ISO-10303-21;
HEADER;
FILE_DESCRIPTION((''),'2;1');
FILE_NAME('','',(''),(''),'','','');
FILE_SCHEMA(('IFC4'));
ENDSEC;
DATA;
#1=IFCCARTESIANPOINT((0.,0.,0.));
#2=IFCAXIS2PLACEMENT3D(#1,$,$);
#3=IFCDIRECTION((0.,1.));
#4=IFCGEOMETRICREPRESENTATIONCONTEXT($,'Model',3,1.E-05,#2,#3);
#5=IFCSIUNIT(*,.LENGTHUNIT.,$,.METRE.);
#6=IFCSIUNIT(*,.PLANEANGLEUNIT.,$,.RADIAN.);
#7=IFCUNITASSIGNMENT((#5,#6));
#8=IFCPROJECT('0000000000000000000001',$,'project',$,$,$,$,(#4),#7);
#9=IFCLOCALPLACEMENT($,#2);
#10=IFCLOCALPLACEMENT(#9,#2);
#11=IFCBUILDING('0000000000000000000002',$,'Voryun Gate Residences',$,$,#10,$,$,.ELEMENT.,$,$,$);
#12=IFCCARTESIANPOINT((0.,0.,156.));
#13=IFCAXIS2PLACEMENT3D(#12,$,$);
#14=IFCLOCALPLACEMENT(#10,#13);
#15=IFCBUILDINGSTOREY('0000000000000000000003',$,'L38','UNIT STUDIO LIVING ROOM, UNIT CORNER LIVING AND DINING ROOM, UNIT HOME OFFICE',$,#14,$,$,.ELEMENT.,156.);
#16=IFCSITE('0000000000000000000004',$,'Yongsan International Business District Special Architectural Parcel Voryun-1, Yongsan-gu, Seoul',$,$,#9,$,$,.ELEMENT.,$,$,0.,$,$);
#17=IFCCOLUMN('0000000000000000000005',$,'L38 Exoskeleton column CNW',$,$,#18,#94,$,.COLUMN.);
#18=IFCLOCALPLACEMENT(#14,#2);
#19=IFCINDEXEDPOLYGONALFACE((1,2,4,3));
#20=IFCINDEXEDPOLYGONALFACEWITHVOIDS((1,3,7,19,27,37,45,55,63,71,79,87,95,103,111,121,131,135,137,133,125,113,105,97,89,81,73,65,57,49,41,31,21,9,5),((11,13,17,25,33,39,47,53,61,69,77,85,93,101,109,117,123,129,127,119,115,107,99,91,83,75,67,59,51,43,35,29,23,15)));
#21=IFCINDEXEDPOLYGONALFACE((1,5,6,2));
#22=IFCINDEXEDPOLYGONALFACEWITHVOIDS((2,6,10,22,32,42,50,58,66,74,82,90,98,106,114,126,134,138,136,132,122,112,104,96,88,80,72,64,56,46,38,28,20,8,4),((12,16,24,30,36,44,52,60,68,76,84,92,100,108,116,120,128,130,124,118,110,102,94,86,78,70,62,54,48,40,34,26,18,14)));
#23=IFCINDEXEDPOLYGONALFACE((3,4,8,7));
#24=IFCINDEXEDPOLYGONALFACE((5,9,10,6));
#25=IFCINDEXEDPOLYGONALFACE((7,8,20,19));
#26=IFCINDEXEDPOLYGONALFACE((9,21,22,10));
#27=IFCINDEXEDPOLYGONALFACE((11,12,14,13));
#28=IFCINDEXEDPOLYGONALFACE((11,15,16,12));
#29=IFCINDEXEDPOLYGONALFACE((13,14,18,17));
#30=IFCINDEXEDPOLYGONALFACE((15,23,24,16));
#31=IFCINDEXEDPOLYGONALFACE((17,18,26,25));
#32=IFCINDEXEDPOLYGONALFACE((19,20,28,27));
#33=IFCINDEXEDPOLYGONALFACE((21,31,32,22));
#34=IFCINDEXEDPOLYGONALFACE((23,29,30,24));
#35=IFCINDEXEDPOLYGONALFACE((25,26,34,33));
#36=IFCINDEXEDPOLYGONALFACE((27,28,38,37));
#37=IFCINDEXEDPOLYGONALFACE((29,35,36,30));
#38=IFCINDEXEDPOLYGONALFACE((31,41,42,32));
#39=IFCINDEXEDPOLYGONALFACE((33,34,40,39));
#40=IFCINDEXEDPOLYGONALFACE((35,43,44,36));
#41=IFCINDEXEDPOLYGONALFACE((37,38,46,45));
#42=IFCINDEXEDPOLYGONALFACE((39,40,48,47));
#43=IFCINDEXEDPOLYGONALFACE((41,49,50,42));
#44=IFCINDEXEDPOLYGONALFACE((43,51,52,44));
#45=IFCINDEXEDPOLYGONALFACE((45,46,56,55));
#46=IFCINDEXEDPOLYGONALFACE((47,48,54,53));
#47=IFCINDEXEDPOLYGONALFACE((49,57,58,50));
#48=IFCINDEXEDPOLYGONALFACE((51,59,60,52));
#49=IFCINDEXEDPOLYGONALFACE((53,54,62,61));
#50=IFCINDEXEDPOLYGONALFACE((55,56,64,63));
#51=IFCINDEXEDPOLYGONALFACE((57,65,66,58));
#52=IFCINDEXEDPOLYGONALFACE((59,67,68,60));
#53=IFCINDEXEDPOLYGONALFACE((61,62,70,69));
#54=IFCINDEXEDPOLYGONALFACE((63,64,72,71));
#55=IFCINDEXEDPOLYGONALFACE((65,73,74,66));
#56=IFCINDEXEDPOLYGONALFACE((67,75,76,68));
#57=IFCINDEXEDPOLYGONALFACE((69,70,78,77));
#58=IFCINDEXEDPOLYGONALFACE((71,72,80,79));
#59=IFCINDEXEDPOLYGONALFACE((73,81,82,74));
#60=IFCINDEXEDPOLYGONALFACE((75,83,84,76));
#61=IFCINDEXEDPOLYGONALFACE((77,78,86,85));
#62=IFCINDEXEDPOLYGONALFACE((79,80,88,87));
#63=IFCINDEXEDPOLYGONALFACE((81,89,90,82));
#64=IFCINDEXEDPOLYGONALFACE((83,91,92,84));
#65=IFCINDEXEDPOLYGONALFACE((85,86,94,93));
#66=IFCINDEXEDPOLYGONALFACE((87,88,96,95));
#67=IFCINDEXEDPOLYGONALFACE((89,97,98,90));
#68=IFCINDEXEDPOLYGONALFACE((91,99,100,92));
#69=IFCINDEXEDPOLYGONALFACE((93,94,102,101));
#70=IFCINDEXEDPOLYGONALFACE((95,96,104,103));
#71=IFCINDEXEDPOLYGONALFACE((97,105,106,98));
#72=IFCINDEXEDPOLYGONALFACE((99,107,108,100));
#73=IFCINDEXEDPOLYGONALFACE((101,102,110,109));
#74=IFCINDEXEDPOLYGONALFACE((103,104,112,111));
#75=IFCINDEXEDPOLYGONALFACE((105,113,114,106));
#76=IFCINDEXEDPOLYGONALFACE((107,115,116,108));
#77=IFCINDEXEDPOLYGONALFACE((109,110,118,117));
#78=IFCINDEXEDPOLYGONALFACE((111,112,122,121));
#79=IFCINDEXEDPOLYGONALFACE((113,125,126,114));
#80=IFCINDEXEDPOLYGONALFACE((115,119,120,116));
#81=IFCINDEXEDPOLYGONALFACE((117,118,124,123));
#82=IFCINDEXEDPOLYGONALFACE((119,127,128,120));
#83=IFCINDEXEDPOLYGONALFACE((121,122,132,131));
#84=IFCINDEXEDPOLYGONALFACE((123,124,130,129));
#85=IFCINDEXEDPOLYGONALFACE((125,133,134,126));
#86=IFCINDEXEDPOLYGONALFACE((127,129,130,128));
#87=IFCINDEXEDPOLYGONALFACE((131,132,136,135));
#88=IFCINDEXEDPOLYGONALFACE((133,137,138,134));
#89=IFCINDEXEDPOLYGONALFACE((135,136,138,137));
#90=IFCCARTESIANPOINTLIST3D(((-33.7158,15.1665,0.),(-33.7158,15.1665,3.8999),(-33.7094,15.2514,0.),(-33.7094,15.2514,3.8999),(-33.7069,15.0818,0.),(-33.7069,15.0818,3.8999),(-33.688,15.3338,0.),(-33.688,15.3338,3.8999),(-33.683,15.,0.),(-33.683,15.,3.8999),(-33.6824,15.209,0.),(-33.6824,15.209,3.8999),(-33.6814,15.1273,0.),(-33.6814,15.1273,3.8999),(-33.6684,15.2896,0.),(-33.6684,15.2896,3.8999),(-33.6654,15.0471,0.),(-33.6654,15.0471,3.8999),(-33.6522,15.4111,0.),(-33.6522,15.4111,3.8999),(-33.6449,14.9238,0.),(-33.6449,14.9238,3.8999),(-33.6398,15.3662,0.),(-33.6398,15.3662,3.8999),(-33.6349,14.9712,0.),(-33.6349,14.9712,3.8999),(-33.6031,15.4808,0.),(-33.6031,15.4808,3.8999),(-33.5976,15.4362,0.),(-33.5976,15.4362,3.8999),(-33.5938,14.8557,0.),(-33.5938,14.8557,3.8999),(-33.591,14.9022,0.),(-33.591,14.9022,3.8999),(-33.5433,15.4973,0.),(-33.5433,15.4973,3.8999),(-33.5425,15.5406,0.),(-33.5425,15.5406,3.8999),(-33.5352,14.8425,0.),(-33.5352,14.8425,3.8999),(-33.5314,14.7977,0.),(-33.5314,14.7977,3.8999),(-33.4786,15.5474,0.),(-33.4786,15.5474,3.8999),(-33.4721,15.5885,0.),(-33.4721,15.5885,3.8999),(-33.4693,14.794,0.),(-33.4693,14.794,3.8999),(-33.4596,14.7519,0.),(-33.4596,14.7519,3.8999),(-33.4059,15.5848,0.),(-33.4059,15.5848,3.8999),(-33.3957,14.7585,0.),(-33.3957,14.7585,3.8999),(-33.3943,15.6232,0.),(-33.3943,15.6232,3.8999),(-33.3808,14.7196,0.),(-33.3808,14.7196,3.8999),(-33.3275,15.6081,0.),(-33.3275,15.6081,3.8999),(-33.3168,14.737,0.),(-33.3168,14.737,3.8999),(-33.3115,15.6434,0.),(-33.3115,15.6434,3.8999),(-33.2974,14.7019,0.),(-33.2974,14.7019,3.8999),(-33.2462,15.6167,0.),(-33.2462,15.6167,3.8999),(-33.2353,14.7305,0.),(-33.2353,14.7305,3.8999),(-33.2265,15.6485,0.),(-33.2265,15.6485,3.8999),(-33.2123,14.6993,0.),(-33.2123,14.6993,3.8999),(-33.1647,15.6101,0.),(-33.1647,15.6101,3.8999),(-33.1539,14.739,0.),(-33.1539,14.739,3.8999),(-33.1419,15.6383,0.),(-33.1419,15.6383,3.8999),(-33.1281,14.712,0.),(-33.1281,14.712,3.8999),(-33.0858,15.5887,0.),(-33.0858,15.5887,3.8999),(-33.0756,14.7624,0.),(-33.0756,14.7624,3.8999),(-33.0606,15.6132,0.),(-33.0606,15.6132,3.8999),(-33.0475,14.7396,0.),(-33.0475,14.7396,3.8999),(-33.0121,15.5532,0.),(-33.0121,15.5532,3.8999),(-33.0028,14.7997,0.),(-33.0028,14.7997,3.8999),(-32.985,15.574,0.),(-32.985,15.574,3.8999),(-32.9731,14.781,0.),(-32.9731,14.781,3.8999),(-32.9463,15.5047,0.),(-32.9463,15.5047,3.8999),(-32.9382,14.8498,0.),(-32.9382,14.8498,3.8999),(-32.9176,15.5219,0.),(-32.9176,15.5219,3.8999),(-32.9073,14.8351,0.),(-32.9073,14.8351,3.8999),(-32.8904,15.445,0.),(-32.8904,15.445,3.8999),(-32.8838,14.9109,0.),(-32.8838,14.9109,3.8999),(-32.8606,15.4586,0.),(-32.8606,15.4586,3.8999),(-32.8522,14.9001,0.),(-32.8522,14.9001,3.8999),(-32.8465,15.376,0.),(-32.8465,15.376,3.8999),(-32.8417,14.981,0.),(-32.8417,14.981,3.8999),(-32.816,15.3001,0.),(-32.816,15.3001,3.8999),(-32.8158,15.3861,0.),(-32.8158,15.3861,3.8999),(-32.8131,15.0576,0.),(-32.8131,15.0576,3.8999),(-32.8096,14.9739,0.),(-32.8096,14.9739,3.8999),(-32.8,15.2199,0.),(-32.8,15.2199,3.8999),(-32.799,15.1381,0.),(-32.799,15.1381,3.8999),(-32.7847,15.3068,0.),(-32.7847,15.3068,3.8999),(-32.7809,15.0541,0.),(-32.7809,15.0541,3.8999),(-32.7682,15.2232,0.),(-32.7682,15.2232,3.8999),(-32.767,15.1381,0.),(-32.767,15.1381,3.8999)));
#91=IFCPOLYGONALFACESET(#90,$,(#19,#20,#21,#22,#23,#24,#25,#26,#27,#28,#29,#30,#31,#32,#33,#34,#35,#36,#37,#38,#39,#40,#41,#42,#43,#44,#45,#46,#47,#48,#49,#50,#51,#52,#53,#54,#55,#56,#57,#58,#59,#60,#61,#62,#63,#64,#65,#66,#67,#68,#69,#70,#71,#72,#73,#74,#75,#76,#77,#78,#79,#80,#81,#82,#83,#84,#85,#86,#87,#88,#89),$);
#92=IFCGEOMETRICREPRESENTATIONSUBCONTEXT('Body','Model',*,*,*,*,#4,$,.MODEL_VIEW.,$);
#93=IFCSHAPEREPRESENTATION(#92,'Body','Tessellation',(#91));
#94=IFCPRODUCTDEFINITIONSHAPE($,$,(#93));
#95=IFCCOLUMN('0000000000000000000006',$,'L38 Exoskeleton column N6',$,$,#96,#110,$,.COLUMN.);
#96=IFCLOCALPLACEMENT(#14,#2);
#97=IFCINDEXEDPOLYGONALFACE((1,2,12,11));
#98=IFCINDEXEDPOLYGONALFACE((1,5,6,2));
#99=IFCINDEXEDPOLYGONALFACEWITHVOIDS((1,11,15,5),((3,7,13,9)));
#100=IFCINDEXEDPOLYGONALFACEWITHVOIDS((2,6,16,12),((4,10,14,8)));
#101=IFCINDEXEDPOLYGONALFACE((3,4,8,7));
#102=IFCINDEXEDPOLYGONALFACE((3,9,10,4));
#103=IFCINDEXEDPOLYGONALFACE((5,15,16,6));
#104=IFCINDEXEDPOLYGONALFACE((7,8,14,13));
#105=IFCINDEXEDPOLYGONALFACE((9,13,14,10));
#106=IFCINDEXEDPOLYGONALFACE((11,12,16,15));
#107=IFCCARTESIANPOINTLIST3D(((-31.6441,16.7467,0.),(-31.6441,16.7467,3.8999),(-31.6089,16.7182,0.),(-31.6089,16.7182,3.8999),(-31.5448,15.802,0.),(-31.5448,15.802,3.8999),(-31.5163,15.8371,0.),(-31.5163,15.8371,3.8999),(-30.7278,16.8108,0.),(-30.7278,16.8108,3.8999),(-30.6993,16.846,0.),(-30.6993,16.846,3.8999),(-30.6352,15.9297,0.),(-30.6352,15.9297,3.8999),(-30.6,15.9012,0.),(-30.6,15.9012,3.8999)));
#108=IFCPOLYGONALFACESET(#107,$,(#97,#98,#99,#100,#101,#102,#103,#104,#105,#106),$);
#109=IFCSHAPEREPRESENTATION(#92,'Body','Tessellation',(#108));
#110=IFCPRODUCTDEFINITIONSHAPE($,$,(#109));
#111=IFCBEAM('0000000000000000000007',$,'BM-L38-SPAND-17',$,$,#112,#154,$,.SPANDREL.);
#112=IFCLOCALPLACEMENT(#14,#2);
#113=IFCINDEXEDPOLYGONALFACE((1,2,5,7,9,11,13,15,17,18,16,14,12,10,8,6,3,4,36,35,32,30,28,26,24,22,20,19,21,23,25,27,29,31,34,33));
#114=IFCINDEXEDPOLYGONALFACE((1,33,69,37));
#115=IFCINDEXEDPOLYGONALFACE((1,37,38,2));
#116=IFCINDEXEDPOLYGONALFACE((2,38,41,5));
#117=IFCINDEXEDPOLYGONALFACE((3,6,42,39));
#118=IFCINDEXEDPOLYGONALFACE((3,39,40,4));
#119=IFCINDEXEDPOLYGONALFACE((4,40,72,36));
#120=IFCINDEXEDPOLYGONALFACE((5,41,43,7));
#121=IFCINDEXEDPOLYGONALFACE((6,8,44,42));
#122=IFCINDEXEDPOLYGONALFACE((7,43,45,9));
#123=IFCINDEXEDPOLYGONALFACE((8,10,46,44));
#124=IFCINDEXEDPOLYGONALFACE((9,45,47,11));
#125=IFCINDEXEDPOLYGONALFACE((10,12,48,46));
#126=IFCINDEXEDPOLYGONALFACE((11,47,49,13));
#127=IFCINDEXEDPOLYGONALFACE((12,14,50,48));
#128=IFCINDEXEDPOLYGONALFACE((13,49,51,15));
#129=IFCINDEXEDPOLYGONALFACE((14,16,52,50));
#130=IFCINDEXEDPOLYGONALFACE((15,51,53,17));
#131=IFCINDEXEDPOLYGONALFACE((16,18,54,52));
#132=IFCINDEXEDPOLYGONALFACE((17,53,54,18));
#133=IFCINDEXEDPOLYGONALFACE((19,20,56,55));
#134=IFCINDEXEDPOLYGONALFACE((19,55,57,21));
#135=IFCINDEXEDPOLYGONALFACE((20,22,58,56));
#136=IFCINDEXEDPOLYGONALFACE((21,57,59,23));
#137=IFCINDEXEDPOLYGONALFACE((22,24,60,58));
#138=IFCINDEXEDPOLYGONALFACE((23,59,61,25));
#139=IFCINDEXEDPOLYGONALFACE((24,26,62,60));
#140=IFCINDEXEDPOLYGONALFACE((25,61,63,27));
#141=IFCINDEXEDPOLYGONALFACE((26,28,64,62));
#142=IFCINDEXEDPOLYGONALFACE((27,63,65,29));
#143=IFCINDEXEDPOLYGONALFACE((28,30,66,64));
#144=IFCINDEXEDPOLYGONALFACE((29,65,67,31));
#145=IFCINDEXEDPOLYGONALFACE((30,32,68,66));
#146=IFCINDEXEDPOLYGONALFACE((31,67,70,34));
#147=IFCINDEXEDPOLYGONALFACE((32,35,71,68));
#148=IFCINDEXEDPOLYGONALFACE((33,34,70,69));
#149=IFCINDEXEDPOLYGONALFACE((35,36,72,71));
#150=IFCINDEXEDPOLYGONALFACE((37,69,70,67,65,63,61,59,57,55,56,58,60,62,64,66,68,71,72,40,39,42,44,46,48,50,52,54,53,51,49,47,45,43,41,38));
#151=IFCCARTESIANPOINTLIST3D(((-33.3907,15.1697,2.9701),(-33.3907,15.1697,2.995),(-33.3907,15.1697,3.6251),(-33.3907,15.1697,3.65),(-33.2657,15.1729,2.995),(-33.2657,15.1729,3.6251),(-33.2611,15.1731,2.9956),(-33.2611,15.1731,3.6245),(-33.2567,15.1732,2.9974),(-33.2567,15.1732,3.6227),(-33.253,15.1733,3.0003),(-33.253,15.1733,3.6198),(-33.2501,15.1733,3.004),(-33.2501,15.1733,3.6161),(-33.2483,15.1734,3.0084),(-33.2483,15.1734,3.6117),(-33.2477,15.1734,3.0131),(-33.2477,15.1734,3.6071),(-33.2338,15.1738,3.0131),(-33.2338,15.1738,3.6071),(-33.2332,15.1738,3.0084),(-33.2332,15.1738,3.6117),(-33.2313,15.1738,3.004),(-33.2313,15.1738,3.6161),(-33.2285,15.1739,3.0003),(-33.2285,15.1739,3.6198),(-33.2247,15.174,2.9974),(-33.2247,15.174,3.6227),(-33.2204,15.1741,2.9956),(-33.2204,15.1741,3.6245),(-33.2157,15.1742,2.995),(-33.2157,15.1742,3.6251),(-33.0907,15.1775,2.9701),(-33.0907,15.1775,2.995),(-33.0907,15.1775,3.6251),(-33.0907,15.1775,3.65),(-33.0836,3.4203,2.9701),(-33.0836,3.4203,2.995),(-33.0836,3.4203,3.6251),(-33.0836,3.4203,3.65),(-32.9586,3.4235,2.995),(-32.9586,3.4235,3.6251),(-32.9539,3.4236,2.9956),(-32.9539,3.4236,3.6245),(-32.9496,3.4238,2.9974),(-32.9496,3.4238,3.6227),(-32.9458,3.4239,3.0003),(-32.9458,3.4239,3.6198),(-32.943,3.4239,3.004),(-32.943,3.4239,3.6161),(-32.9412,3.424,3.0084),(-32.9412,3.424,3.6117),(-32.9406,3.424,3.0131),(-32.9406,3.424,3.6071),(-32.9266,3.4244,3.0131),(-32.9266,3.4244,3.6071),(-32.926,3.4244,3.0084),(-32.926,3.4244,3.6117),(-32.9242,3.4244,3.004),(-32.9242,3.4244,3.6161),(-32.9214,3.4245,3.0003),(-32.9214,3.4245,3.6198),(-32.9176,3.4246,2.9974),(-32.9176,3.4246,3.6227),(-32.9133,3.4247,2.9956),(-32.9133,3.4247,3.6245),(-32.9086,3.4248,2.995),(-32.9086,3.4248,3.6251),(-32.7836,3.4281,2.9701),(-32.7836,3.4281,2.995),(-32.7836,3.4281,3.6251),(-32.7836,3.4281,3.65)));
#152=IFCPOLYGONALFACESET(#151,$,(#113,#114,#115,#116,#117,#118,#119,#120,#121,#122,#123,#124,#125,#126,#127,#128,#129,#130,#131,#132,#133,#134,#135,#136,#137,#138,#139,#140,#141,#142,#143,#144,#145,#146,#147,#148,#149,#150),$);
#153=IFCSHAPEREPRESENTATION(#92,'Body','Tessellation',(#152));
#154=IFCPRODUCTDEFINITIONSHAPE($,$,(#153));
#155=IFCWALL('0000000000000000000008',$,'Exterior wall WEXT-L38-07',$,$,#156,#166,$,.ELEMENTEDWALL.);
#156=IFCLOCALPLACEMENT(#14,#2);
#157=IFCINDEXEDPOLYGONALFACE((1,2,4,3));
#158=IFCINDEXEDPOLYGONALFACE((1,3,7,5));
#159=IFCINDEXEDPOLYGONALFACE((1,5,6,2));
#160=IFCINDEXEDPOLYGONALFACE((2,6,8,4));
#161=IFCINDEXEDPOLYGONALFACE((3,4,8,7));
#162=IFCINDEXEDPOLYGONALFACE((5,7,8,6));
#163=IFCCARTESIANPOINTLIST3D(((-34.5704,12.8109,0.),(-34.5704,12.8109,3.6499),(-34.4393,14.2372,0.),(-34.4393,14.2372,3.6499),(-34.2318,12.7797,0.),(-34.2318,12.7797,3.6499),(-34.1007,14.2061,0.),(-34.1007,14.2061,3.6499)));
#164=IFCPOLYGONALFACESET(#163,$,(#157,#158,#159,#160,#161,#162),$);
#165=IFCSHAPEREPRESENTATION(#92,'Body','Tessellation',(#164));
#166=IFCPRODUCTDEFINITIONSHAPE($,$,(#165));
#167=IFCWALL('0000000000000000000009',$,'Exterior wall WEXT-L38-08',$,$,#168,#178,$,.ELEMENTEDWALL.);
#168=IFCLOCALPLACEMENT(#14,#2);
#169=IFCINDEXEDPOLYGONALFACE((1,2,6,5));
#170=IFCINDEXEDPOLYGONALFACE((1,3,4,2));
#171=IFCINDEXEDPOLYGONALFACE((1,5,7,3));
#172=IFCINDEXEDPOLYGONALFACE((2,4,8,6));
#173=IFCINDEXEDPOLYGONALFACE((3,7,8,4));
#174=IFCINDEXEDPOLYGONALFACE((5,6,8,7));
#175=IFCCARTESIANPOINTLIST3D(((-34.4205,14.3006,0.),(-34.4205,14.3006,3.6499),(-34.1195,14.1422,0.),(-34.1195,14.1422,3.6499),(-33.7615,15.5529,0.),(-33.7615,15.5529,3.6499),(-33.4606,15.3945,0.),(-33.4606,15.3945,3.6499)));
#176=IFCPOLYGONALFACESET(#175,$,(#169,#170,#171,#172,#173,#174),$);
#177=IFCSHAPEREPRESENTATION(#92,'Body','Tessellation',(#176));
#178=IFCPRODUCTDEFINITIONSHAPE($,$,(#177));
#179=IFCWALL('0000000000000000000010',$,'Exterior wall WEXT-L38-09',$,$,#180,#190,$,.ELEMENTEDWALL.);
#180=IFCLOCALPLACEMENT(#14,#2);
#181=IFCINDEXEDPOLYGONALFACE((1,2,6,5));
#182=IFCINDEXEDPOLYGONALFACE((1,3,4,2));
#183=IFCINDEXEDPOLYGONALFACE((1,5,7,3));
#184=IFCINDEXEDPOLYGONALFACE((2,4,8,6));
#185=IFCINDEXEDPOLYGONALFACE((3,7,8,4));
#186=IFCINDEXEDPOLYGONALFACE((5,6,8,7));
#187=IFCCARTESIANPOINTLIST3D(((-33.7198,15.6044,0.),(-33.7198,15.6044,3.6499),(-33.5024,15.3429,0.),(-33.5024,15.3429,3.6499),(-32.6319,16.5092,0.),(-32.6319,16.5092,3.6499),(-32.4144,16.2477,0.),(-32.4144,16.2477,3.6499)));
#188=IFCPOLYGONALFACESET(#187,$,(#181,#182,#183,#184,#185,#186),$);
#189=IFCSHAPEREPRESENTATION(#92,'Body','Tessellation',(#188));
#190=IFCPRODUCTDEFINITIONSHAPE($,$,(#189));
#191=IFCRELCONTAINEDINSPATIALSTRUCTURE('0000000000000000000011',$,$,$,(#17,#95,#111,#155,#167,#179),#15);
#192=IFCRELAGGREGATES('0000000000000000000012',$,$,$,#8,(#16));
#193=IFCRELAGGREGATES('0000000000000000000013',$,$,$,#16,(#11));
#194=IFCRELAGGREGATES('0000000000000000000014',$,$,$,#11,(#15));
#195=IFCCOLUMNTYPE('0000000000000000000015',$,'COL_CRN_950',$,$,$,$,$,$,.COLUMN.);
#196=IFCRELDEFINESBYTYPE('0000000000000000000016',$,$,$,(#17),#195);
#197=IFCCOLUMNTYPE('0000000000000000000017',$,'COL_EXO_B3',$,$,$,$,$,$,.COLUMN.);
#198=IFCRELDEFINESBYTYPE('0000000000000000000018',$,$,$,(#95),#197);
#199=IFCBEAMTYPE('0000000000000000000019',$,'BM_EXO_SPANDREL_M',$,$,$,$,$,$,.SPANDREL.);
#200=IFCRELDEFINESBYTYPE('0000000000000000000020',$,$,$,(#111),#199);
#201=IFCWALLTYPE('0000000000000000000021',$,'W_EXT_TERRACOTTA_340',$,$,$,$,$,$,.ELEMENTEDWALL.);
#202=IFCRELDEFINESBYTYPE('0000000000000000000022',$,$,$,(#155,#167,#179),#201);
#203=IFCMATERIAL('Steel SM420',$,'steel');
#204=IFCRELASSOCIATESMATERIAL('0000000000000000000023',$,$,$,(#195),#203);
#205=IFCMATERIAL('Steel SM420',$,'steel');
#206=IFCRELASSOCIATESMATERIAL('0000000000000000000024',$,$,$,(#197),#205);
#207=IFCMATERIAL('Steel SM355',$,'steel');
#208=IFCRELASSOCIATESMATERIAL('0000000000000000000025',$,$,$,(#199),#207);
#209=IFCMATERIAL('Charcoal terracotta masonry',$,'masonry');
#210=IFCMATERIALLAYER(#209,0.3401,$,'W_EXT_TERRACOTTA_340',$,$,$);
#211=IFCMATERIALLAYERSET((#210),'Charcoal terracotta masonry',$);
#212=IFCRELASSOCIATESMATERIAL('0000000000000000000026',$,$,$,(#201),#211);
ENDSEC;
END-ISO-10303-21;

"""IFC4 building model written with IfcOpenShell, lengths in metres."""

from ifc_helpers import new_model, si_unit, direction, frame, frame_2d, origin, origin_2d, place, context, subcontext, project, spatial, rectangle, hollow_rectangle, hollow_circle, i_section, extrude, material, layer, layer_set, material_profile, profile_set, type_object, element, save


model = new_model("IFC4")

# Units and contexts
model_context = context("Model", 3, precision=1e-05, world=origin(), true_north=direction((0.0, 1.0)))
body_context = subcontext(model_context, "Body", "Model", "MODEL_VIEW")
ifc_project = project(units=[si_unit("LENGTHUNIT", "METRE"), si_unit("PLANEANGLEUNIT", "RADIAN")], contexts=[model_context])

# Site, building, storey
site_placement = place(None, origin())
site = spatial("IfcSite", under=ifc_project, at=site_placement, Name="Yongsan International Business District Special Architectural Parcel Voryun-1, Yongsan-gu, Seoul", CompositionType="ELEMENT", RefElevation=0.0)
building_placement = place(site_placement, origin())
building = spatial("IfcBuilding", under=site, at=building_placement, Name="Voryun Gate Residences", CompositionType="ELEMENT")
storey_placement = place(building_placement, frame((0.0, 0.0, 156.0)))
storey = spatial("IfcBuildingStorey", under=building, at=storey_placement, Name="L38", Description="UNIT STUDIO LIVING ROOM, UNIT CORNER LIVING AND DINING ROOM, UNIT HOME OFFICE", CompositionType="ELEMENT", Elevation=156.0)

# Columns
ifc_material_1 = material(Name="Steel SM420", Category="steel")
ifc_material_profile_1 = material_profile(ifc_material_1, hollow_circle(Radius=0.4751, WallThickness=0.032, at=origin_2d()), Name="CHS-950x32")
ifc_profile_set_1 = profile_set([ifc_material_profile_1], Name="Steel SM420")
column_type_1 = type_object("IfcColumnType", Name="COL_CRN_950", PredefinedType="COLUMN", material=ifc_profile_set_1)
column_1_placement = place(storey_placement, frame((-33.2407, 15.1736, 0.0), z_axis=(0.0, 0.0, 1.0), x_axis=(0.994522, 0.104528, 0.0)))
element("IfcColumn", 1, at=column_1_placement, inside=storey, type_object=column_type_1, Name="L38 Exoskeleton column CNW", PredefinedType="COLUMN", context=body_context, shape_type="SweptSolid", body=[
    extrude(hollow_circle(Radius=0.4751, WallThickness=0.032, at=origin_2d()), origin(), (0.0, 0.0, 1.0), 3.8999),
])
ifc_material_2 = material(Name="Steel SM420", Category="steel")
ifc_material_profile_2 = material_profile(ifc_material_2, hollow_rectangle(XDim=0.95, YDim=0.95, WallThickness=0.032, at=origin_2d()), Name="BOX-950x950x32")
ifc_profile_set_2 = profile_set([ifc_material_profile_2], Name="Steel SM420")
column_type_2 = type_object("IfcColumnType", Name="COL_EXO_B3", PredefinedType="COLUMN", material=ifc_profile_set_2)
column_2_placement = place(storey_placement, frame((-31.1221, 16.324, 0.0), z_axis=(0.0, 0.0, 1.0), x_axis=(0.994522, 0.104528, 0.0)))
element("IfcColumn", 2, at=column_2_placement, inside=storey, type_object=column_type_2, Name="L38 Exoskeleton column N6", PredefinedType="COLUMN", context=body_context, shape_type="SweptSolid", body=[
    extrude(hollow_rectangle(XDim=0.95, YDim=0.95, WallThickness=0.032, at=origin_2d()), origin(), (0.0, 0.0, 1.0), 3.8999),
])

# Beam
ifc_material_3 = material(Name="Steel SM355", Category="steel")
ifc_material_profile_3 = material_profile(ifc_material_3, i_section(OverallWidth=0.3, OverallDepth=0.6799, WebThickness=0.0139, FlangeThickness=0.0249, FilletRadius=0.0181, at=origin_2d()), Name="H-680x300x14x25")
ifc_profile_set_3 = profile_set([ifc_material_profile_3], Name="Steel SM355")
beam_type = type_object("IfcBeamType", Name="BM_EXO_SPANDREL_M", PredefinedType="SPANDREL", material=ifc_profile_set_3)
beam_placement = place(storey_placement, frame((-33.2407, 15.1736, 3.3101), z_axis=(0.026131, -0.999659, 0.0), x_axis=(0.999659, 0.026131, 0.0)))
element("IfcBeam", 3, at=beam_placement, inside=storey, type_object=beam_type, Name="BM-L38-SPAND-17", PredefinedType="SPANDREL", context=body_context, shape_type="SweptSolid", body=[
    extrude(i_section(OverallWidth=0.3, OverallDepth=0.6799, WebThickness=0.0139, FlangeThickness=0.0249, FilletRadius=0.0181, at=origin_2d()), origin(), (0.0, 0.0, 1.0), 11.7534),
])

# Walls
ifc_material_4 = material(Name="Charcoal terracotta masonry", Category="masonry")
ifc_layer_1 = layer(ifc_material_4, 0.3401, Name="W_EXT_TERRACOTTA_340")
ifc_layer_set_1 = layer_set([ifc_layer_1], Name="Charcoal terracotta masonry")
wall_type_1 = type_object("IfcWallType", Name="W_EXT_TERRACOTTA_340", PredefinedType="ELEMENTEDWALL", material=ifc_layer_set_1)
wall_1_placement = place(storey_placement, frame((-34.4011, 12.7952, 0.0), z_axis=(0.0, 0.0, 1.0), x_axis=(0.091535, 0.995802, 0.0)))
element("IfcWall", 4, at=wall_1_placement, inside=storey, type_object=wall_type_1, Name="Exterior wall WEXT-L38-07", PredefinedType="ELEMENTEDWALL", context=body_context, shape_type="SweptSolid", body=[
    extrude(rectangle(XDim=1.4324, YDim=0.3401, at=frame_2d((0.7163, 0.0))), origin(), (0.0, 0.0, 1.0), 3.6499),
])
for number, where, z_axis, x_axis, name in (
    (5, (-34.27, 14.2214, 0.0), (0.0, 0.0, 1.0), (0.465682, 0.884952, 0.0), "Exterior wall WEXT-L38-08"),
    (6, (-33.6111, 15.4736, 0.0), (0.0, 0.0, 1.0), (0.768843, 0.639437, 0.0), "Exterior wall WEXT-L38-09"),
):
    element("IfcWall", number, at=place(storey_placement, frame(where, z_axis=z_axis, x_axis=x_axis)), inside=storey, type_object=wall_type_1, Name=name, PredefinedType="ELEMENTEDWALL", context=body_context, shape_type="SweptSolid", body=[
        extrude(rectangle(XDim=1.415, YDim=0.3401, at=frame_2d((0.7075, 0.0))), origin(), (0.0, 0.0, 1.0), 3.6499),
    ])

save(model, "model.ifc")
